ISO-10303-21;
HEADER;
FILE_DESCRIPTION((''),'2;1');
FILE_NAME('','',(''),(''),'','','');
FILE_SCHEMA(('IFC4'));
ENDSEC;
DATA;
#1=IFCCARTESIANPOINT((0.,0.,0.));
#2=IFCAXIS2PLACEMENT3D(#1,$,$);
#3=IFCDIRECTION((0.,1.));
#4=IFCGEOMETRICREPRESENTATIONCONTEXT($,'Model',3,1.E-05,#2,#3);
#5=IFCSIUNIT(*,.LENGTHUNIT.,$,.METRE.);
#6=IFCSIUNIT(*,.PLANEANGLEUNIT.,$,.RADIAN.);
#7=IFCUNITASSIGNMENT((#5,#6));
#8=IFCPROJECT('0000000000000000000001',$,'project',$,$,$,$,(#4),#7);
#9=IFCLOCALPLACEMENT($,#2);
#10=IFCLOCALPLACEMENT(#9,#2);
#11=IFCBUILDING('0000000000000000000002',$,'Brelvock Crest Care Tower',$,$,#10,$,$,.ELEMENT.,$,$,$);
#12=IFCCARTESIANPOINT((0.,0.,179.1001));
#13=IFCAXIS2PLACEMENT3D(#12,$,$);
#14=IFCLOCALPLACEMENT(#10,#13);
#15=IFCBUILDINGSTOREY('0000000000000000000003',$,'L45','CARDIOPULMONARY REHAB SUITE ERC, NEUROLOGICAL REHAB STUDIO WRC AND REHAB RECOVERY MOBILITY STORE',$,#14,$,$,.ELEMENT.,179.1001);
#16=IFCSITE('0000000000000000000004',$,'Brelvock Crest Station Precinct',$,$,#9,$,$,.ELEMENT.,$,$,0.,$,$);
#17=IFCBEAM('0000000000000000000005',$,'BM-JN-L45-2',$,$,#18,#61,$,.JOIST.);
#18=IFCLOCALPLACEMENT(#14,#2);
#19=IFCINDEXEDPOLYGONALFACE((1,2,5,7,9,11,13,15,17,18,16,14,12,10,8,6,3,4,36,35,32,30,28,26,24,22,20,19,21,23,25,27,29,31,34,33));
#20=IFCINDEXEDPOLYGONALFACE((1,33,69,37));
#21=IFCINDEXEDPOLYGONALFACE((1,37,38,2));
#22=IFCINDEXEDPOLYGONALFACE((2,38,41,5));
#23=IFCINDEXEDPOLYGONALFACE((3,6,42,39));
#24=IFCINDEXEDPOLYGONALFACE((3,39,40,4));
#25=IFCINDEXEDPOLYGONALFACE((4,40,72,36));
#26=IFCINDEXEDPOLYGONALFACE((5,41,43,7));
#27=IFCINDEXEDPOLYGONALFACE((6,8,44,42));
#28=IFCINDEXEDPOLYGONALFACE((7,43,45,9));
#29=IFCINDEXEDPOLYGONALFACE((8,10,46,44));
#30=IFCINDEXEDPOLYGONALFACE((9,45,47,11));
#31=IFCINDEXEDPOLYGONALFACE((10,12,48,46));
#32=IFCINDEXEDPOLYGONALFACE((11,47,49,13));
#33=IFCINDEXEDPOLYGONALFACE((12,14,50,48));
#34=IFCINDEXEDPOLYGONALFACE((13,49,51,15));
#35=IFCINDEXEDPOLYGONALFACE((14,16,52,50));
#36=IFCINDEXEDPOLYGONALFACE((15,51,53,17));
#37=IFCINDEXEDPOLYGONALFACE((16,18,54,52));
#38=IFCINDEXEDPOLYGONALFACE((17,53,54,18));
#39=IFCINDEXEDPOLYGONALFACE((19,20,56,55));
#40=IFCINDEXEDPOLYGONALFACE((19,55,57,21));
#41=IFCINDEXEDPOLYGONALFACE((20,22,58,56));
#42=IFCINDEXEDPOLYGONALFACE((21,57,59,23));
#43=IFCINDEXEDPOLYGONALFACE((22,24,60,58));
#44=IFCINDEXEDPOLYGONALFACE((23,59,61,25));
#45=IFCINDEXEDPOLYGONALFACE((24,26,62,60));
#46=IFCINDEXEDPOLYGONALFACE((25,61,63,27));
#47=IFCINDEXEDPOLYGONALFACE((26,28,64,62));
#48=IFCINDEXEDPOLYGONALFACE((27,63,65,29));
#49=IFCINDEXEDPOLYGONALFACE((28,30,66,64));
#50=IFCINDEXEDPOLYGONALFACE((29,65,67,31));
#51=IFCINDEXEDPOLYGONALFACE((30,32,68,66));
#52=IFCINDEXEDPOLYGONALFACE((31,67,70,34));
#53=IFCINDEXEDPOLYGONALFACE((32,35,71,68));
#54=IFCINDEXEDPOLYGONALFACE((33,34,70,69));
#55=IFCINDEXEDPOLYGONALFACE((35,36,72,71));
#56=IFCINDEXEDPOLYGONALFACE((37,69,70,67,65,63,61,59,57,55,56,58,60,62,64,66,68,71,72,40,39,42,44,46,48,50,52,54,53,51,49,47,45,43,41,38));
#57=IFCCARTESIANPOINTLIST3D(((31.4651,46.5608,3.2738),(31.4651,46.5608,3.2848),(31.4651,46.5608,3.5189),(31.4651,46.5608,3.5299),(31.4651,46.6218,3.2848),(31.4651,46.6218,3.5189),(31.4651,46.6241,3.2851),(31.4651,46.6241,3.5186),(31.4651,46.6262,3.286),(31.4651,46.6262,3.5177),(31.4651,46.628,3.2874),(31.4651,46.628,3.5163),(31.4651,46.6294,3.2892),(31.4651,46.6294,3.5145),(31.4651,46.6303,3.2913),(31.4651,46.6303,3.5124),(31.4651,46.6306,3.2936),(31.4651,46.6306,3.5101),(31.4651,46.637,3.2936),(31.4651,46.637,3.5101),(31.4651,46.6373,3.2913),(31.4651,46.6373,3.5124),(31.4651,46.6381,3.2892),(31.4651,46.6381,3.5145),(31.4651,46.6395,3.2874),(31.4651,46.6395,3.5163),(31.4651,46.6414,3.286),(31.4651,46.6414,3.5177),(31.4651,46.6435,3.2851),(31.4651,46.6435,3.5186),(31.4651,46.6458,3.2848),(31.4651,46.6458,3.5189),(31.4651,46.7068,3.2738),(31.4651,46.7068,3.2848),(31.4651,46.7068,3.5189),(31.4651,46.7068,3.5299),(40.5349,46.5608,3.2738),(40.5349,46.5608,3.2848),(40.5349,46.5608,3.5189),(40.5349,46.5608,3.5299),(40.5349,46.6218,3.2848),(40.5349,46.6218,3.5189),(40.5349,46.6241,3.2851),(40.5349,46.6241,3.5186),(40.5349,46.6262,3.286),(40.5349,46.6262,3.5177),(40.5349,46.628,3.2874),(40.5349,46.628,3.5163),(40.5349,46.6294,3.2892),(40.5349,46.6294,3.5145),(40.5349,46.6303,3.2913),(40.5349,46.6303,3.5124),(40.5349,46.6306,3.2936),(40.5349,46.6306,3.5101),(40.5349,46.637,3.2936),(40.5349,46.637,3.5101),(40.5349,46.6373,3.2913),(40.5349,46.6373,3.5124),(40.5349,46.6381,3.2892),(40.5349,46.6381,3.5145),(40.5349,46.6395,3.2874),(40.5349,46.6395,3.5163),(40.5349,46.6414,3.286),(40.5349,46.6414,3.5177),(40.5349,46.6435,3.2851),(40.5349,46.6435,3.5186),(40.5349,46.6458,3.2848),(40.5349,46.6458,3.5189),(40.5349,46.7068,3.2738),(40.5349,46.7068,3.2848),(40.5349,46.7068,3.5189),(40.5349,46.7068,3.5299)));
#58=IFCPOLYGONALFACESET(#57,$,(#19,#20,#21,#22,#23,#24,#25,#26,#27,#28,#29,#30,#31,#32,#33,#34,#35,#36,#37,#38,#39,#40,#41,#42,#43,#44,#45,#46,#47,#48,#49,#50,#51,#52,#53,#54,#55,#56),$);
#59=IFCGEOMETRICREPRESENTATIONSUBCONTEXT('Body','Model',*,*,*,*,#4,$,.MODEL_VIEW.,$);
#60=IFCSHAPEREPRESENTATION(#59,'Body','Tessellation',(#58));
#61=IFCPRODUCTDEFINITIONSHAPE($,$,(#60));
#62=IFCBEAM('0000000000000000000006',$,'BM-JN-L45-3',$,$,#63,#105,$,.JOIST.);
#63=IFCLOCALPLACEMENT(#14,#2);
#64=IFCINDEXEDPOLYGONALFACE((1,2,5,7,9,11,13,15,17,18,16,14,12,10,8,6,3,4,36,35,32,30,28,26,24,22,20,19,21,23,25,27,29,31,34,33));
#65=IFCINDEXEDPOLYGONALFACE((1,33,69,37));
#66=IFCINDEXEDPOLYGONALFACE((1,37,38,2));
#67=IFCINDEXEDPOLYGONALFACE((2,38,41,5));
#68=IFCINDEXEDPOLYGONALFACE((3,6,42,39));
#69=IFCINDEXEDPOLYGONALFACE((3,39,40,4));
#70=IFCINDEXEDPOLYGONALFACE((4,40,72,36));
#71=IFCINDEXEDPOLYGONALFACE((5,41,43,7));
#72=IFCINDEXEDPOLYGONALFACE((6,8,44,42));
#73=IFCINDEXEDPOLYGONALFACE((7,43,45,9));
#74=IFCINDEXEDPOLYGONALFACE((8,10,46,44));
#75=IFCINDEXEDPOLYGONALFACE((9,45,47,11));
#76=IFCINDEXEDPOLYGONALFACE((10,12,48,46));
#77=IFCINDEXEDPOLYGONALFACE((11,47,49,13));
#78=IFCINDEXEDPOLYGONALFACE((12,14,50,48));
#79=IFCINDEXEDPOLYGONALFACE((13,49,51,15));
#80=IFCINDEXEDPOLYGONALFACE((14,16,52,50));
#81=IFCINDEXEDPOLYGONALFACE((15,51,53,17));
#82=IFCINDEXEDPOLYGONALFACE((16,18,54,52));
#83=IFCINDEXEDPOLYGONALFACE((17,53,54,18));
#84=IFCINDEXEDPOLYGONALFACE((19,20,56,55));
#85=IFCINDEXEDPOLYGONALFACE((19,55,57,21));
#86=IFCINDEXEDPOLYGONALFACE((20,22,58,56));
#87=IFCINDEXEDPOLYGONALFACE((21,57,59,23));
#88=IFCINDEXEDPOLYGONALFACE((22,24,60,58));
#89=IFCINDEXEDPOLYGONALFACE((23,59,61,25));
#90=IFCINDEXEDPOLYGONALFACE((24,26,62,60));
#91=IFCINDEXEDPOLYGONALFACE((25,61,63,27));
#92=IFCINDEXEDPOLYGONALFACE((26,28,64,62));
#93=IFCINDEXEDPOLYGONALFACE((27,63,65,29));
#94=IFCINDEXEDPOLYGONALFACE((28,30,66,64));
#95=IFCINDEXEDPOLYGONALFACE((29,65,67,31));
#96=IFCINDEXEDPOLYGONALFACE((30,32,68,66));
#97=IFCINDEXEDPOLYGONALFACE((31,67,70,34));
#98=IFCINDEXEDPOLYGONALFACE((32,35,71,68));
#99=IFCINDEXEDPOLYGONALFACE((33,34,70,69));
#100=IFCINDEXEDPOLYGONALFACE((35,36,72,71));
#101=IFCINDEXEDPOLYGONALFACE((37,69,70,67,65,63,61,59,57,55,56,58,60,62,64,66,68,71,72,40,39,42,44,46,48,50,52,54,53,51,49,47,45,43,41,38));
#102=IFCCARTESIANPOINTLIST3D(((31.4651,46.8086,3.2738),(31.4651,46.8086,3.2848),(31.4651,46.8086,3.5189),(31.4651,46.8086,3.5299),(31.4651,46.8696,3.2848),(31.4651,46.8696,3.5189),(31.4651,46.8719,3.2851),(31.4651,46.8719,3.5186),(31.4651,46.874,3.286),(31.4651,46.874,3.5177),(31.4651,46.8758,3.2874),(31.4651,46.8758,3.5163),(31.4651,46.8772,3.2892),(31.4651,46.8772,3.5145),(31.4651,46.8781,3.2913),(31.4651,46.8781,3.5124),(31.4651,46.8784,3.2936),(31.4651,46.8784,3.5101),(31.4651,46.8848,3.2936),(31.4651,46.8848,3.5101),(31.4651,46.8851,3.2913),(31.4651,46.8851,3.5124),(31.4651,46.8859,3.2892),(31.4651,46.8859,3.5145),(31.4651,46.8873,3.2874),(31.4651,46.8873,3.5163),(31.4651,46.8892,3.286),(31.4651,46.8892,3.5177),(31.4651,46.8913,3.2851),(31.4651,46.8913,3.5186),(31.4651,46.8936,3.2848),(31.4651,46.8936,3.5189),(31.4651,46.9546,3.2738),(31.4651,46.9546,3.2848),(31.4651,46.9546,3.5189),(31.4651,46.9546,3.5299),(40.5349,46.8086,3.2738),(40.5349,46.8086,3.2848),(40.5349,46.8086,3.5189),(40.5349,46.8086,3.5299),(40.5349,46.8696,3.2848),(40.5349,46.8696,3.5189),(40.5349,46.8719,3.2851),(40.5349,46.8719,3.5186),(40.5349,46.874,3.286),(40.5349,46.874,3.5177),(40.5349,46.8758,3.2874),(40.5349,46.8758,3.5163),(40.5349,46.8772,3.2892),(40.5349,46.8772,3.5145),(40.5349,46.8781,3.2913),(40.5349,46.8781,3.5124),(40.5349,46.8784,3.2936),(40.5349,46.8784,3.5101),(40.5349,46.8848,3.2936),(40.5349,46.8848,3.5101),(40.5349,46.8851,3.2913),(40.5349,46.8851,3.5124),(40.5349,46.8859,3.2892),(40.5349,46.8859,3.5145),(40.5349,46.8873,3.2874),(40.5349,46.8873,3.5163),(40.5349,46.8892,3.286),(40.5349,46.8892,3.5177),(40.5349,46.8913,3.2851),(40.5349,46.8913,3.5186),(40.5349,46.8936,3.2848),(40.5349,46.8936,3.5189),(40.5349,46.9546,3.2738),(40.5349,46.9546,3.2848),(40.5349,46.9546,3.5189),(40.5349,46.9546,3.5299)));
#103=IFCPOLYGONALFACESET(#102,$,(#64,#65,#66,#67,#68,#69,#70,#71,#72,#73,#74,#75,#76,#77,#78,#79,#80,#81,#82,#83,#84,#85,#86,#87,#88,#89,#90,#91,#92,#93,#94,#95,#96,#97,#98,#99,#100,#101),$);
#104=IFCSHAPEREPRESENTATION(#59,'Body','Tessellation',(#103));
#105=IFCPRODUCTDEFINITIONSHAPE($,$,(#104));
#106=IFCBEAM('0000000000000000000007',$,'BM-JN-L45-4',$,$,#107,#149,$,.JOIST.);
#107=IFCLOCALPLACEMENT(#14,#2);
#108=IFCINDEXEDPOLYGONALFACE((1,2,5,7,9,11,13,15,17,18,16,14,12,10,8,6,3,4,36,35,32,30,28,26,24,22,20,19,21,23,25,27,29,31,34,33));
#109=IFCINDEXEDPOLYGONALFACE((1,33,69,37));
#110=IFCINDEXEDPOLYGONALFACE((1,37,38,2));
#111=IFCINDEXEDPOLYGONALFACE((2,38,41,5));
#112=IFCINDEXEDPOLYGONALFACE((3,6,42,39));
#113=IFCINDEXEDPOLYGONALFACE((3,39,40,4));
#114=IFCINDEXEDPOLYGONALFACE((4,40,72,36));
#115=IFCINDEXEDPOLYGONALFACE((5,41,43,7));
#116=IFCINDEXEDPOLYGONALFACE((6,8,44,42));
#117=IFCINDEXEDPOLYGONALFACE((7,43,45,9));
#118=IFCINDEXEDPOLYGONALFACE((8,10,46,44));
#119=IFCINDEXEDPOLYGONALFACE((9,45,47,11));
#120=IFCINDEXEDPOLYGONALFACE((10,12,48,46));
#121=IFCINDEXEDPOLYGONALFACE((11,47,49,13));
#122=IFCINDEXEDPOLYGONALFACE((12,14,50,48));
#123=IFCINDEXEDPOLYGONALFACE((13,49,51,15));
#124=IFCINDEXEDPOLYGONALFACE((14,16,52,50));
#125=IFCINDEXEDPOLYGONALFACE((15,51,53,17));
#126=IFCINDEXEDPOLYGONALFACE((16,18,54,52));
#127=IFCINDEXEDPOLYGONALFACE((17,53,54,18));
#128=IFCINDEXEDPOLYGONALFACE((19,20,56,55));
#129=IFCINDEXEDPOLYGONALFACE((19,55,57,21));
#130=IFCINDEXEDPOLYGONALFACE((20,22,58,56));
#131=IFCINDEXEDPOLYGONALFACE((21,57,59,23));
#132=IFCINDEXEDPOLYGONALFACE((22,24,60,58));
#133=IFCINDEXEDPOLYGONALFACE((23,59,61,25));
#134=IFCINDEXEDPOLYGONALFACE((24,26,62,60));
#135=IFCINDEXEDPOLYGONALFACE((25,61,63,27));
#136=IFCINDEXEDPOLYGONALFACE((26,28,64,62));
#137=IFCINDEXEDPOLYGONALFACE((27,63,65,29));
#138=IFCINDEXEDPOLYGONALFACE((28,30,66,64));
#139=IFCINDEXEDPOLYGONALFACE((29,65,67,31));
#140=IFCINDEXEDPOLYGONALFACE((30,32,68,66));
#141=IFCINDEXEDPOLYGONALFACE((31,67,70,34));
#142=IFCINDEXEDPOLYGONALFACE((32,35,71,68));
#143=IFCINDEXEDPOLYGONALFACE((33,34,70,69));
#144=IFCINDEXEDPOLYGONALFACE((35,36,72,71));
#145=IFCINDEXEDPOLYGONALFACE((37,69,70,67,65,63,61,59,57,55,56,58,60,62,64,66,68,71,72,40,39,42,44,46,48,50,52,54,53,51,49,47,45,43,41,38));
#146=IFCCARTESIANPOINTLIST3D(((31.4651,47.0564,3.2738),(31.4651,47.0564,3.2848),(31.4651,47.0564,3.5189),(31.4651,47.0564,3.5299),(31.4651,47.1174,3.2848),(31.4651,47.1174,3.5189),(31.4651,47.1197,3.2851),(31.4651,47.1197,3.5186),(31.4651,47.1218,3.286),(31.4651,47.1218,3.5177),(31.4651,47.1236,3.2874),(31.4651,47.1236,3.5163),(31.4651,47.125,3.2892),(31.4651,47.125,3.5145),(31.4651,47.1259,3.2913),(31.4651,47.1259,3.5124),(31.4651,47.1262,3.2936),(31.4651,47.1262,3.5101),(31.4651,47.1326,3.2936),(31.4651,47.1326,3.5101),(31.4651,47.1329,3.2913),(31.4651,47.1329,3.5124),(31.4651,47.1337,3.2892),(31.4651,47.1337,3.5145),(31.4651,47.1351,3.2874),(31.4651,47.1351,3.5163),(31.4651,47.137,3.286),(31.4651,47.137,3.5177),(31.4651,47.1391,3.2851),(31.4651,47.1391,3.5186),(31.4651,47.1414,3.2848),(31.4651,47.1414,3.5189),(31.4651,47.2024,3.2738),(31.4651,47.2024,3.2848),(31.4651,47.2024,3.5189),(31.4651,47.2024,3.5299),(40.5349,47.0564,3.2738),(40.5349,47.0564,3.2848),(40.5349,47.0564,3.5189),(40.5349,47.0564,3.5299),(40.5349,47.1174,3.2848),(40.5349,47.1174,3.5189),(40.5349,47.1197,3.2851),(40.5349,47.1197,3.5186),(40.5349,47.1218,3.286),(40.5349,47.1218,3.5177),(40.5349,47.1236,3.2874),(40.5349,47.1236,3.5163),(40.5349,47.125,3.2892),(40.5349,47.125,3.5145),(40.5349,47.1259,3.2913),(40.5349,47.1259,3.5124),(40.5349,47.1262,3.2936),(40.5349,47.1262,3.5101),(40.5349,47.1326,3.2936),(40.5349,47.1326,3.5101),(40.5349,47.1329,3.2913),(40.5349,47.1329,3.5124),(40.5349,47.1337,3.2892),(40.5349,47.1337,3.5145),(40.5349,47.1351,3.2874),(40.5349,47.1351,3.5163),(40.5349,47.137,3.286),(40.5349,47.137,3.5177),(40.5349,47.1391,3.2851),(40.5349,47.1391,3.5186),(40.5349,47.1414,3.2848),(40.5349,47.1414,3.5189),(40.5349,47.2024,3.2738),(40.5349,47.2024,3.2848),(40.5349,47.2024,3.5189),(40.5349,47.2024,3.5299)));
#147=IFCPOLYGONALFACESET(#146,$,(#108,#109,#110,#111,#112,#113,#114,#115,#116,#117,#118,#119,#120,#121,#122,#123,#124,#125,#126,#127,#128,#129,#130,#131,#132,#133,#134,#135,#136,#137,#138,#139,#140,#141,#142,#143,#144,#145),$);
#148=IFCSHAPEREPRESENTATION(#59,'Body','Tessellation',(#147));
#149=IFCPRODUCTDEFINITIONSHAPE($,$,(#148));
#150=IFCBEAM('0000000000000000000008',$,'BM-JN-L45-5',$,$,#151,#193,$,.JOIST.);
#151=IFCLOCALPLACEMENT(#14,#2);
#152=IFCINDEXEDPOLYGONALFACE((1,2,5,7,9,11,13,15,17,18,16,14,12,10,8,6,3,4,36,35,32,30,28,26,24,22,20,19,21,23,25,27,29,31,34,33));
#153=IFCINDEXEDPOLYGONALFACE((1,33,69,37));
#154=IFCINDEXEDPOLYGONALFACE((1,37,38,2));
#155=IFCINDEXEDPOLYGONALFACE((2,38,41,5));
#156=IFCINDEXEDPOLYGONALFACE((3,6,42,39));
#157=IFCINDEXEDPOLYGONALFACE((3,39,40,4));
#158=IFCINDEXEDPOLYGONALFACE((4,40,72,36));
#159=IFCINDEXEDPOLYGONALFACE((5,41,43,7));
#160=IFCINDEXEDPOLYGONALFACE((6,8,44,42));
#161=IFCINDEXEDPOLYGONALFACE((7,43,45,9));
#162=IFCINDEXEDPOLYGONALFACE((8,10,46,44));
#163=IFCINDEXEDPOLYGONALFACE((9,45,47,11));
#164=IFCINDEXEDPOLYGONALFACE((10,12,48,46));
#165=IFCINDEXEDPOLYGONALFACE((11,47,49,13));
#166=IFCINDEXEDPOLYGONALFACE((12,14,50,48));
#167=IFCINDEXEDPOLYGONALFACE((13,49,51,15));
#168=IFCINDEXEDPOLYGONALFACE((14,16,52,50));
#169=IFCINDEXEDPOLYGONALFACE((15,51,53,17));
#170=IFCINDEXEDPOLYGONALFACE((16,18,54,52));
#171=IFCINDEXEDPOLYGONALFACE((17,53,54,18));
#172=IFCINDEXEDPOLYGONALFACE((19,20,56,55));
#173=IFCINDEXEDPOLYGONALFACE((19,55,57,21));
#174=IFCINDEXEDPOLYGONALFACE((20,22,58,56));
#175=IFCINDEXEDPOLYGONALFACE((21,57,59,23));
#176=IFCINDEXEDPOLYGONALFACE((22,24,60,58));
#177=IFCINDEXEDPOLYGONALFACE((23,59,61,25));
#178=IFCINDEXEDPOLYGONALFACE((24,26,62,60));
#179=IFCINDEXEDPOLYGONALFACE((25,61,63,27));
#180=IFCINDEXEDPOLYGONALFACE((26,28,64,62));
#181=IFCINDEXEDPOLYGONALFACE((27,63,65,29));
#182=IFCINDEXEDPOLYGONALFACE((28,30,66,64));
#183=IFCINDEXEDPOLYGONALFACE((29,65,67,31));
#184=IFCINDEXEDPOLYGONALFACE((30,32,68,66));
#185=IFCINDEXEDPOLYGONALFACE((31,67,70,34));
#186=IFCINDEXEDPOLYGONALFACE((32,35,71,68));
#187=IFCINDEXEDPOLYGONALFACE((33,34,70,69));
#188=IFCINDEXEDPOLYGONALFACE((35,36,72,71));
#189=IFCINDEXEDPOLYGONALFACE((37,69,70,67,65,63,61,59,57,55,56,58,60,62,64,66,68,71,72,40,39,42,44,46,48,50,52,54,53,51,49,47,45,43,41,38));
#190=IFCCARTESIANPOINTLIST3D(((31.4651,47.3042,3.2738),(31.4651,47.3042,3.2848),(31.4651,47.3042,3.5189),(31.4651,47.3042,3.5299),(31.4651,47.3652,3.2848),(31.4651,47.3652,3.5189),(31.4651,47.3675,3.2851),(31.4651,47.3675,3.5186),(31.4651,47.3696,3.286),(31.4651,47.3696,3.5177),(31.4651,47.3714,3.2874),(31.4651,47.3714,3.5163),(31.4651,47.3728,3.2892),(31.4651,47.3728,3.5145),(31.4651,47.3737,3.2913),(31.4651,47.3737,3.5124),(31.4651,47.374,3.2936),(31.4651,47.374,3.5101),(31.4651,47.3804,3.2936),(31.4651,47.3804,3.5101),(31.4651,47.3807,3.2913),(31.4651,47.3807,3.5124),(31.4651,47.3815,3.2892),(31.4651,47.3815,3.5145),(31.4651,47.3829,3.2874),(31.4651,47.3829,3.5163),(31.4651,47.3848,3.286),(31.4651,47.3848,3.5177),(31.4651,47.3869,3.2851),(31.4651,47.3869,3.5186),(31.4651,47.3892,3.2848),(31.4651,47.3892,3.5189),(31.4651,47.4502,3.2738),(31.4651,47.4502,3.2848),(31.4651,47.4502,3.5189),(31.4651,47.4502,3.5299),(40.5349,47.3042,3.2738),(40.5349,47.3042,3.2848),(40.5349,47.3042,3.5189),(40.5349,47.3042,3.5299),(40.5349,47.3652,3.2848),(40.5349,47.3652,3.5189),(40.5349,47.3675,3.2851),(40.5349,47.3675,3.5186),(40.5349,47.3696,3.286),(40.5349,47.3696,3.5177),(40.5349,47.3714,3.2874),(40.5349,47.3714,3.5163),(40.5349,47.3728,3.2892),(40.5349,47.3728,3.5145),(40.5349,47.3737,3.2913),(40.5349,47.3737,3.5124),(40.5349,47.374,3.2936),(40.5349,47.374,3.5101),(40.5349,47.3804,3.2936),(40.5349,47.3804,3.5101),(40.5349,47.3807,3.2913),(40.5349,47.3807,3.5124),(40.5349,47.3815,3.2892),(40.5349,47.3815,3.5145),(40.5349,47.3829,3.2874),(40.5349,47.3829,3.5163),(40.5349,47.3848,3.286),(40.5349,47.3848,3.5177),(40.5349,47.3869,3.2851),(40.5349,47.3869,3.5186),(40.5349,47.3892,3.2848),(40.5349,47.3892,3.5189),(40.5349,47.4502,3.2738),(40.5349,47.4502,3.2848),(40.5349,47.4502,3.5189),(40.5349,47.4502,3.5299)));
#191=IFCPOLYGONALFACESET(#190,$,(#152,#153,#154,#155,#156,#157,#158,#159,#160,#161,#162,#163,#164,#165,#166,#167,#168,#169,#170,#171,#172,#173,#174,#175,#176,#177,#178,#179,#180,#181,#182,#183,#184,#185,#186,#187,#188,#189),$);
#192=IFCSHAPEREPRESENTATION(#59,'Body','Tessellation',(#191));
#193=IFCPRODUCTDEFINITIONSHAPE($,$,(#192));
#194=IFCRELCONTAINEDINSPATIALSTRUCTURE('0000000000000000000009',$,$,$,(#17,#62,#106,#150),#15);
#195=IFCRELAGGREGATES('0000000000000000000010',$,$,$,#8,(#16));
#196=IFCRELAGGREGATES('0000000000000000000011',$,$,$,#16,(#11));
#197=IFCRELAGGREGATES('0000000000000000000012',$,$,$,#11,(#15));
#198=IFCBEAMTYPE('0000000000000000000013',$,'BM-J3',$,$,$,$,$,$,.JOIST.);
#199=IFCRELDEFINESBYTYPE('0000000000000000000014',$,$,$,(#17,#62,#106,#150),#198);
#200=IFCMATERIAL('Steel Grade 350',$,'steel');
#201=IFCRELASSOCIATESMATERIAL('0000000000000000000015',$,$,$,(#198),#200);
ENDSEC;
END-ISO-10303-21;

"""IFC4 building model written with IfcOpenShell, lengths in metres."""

from ifc_helpers import new_model, si_unit, direction, frame, origin, origin_2d, place, context, subcontext, project, spatial, i_section, extrude, source, transform, mapped, material, material_profile, profile_set, type_object, element, save


model = new_model("IFC4")

# Units and contexts
model_context = context("Model", 3, precision=1e-05, world=origin(), true_north=direction((0.0, 1.0)))
body_context = subcontext(model_context, "Body", "Model", "MODEL_VIEW")
ifc_project = project(units=[si_unit("LENGTHUNIT", "METRE"), si_unit("PLANEANGLEUNIT", "RADIAN")], contexts=[model_context])

# Site, building, storey
site_placement = place(None, origin())
site = spatial("IfcSite", under=ifc_project, at=site_placement, Name="Brelvock Crest Station Precinct", CompositionType="ELEMENT", RefElevation=0.0)
building_placement = place(site_placement, origin())
building = spatial("IfcBuilding", under=site, at=building_placement, Name="Brelvock Crest Care Tower", CompositionType="ELEMENT")
storey_placement = place(building_placement, frame((0.0, 0.0, 179.1001)))
storey = spatial("IfcBuildingStorey", under=building, at=storey_placement, Name="L45", Description="CARDIOPULMONARY REHAB SUITE ERC, NEUROLOGICAL REHAB STUDIO WRC AND REHAB RECOVERY MOBILITY STORE", CompositionType="ELEMENT", Elevation=179.1001)

# Shared definitions
ifc_material_1 = material(Name="Steel Grade 350", Category="steel")

# Beams
ifc_material_profile_1 = material_profile(ifc_material_1, i_section(OverallWidth=0.146, OverallDepth=0.2561, WebThickness=0.0063, FlangeThickness=0.011, FilletRadius=0.0088, at=origin_2d()), Name="250UB37.3")
ifc_profile_set_1 = profile_set([ifc_material_profile_1], Name="Steel Grade 350")
beam_type_1 = type_object("IfcBeamType", Name="BM-J3", PredefinedType="JOIST", material=ifc_profile_set_1)
shared_shape_1 = source(origin(), body_context, "Body", "SweptSolid", [
    extrude(i_section(OverallWidth=0.146, OverallDepth=0.2561, WebThickness=0.0063, FlangeThickness=0.011, FilletRadius=0.0088, at=origin_2d()), origin(), (0.0, 0.0, 1.0), 9.0698),
])
for number, where, z_axis, x_axis, name in (
    (1, (31.4651, 46.6338, 3.4019), (1.0, 0.0, 0.0), (0.0, 1.0, 0.0), "BM-JN-L45-2"),
    (2, (31.4651, 46.8816, 3.4019), (1.0, 0.0, 0.0), (0.0, 1.0, 0.0), "BM-JN-L45-3"),
    (3, (31.4651, 47.1294, 3.4019), (1.0, 0.0, 0.0), (0.0, 1.0, 0.0), "BM-JN-L45-4"),
    (4, (31.4651, 47.3772, 3.4019), (1.0, 0.0, 0.0), (0.0, 1.0, 0.0), "BM-JN-L45-5"),
):
    element("IfcBeam", number, at=place(storey_placement, frame(where, z_axis=z_axis, x_axis=x_axis)), inside=storey, type_object=beam_type_1, Name=name, PredefinedType="JOIST", context=body_context, shape_type="MappedRepresentation", body=[
        mapped(shared_shape_1, transform((0.0, 0.0, 0.0), x_axis=(1.0, 0.0, 0.0), y_axis=(0.0, 1.0, 0.0), z_axis=(0.0, 0.0, 1.0), scale=1.0)),
    ])

save(model, "model.ifc")
